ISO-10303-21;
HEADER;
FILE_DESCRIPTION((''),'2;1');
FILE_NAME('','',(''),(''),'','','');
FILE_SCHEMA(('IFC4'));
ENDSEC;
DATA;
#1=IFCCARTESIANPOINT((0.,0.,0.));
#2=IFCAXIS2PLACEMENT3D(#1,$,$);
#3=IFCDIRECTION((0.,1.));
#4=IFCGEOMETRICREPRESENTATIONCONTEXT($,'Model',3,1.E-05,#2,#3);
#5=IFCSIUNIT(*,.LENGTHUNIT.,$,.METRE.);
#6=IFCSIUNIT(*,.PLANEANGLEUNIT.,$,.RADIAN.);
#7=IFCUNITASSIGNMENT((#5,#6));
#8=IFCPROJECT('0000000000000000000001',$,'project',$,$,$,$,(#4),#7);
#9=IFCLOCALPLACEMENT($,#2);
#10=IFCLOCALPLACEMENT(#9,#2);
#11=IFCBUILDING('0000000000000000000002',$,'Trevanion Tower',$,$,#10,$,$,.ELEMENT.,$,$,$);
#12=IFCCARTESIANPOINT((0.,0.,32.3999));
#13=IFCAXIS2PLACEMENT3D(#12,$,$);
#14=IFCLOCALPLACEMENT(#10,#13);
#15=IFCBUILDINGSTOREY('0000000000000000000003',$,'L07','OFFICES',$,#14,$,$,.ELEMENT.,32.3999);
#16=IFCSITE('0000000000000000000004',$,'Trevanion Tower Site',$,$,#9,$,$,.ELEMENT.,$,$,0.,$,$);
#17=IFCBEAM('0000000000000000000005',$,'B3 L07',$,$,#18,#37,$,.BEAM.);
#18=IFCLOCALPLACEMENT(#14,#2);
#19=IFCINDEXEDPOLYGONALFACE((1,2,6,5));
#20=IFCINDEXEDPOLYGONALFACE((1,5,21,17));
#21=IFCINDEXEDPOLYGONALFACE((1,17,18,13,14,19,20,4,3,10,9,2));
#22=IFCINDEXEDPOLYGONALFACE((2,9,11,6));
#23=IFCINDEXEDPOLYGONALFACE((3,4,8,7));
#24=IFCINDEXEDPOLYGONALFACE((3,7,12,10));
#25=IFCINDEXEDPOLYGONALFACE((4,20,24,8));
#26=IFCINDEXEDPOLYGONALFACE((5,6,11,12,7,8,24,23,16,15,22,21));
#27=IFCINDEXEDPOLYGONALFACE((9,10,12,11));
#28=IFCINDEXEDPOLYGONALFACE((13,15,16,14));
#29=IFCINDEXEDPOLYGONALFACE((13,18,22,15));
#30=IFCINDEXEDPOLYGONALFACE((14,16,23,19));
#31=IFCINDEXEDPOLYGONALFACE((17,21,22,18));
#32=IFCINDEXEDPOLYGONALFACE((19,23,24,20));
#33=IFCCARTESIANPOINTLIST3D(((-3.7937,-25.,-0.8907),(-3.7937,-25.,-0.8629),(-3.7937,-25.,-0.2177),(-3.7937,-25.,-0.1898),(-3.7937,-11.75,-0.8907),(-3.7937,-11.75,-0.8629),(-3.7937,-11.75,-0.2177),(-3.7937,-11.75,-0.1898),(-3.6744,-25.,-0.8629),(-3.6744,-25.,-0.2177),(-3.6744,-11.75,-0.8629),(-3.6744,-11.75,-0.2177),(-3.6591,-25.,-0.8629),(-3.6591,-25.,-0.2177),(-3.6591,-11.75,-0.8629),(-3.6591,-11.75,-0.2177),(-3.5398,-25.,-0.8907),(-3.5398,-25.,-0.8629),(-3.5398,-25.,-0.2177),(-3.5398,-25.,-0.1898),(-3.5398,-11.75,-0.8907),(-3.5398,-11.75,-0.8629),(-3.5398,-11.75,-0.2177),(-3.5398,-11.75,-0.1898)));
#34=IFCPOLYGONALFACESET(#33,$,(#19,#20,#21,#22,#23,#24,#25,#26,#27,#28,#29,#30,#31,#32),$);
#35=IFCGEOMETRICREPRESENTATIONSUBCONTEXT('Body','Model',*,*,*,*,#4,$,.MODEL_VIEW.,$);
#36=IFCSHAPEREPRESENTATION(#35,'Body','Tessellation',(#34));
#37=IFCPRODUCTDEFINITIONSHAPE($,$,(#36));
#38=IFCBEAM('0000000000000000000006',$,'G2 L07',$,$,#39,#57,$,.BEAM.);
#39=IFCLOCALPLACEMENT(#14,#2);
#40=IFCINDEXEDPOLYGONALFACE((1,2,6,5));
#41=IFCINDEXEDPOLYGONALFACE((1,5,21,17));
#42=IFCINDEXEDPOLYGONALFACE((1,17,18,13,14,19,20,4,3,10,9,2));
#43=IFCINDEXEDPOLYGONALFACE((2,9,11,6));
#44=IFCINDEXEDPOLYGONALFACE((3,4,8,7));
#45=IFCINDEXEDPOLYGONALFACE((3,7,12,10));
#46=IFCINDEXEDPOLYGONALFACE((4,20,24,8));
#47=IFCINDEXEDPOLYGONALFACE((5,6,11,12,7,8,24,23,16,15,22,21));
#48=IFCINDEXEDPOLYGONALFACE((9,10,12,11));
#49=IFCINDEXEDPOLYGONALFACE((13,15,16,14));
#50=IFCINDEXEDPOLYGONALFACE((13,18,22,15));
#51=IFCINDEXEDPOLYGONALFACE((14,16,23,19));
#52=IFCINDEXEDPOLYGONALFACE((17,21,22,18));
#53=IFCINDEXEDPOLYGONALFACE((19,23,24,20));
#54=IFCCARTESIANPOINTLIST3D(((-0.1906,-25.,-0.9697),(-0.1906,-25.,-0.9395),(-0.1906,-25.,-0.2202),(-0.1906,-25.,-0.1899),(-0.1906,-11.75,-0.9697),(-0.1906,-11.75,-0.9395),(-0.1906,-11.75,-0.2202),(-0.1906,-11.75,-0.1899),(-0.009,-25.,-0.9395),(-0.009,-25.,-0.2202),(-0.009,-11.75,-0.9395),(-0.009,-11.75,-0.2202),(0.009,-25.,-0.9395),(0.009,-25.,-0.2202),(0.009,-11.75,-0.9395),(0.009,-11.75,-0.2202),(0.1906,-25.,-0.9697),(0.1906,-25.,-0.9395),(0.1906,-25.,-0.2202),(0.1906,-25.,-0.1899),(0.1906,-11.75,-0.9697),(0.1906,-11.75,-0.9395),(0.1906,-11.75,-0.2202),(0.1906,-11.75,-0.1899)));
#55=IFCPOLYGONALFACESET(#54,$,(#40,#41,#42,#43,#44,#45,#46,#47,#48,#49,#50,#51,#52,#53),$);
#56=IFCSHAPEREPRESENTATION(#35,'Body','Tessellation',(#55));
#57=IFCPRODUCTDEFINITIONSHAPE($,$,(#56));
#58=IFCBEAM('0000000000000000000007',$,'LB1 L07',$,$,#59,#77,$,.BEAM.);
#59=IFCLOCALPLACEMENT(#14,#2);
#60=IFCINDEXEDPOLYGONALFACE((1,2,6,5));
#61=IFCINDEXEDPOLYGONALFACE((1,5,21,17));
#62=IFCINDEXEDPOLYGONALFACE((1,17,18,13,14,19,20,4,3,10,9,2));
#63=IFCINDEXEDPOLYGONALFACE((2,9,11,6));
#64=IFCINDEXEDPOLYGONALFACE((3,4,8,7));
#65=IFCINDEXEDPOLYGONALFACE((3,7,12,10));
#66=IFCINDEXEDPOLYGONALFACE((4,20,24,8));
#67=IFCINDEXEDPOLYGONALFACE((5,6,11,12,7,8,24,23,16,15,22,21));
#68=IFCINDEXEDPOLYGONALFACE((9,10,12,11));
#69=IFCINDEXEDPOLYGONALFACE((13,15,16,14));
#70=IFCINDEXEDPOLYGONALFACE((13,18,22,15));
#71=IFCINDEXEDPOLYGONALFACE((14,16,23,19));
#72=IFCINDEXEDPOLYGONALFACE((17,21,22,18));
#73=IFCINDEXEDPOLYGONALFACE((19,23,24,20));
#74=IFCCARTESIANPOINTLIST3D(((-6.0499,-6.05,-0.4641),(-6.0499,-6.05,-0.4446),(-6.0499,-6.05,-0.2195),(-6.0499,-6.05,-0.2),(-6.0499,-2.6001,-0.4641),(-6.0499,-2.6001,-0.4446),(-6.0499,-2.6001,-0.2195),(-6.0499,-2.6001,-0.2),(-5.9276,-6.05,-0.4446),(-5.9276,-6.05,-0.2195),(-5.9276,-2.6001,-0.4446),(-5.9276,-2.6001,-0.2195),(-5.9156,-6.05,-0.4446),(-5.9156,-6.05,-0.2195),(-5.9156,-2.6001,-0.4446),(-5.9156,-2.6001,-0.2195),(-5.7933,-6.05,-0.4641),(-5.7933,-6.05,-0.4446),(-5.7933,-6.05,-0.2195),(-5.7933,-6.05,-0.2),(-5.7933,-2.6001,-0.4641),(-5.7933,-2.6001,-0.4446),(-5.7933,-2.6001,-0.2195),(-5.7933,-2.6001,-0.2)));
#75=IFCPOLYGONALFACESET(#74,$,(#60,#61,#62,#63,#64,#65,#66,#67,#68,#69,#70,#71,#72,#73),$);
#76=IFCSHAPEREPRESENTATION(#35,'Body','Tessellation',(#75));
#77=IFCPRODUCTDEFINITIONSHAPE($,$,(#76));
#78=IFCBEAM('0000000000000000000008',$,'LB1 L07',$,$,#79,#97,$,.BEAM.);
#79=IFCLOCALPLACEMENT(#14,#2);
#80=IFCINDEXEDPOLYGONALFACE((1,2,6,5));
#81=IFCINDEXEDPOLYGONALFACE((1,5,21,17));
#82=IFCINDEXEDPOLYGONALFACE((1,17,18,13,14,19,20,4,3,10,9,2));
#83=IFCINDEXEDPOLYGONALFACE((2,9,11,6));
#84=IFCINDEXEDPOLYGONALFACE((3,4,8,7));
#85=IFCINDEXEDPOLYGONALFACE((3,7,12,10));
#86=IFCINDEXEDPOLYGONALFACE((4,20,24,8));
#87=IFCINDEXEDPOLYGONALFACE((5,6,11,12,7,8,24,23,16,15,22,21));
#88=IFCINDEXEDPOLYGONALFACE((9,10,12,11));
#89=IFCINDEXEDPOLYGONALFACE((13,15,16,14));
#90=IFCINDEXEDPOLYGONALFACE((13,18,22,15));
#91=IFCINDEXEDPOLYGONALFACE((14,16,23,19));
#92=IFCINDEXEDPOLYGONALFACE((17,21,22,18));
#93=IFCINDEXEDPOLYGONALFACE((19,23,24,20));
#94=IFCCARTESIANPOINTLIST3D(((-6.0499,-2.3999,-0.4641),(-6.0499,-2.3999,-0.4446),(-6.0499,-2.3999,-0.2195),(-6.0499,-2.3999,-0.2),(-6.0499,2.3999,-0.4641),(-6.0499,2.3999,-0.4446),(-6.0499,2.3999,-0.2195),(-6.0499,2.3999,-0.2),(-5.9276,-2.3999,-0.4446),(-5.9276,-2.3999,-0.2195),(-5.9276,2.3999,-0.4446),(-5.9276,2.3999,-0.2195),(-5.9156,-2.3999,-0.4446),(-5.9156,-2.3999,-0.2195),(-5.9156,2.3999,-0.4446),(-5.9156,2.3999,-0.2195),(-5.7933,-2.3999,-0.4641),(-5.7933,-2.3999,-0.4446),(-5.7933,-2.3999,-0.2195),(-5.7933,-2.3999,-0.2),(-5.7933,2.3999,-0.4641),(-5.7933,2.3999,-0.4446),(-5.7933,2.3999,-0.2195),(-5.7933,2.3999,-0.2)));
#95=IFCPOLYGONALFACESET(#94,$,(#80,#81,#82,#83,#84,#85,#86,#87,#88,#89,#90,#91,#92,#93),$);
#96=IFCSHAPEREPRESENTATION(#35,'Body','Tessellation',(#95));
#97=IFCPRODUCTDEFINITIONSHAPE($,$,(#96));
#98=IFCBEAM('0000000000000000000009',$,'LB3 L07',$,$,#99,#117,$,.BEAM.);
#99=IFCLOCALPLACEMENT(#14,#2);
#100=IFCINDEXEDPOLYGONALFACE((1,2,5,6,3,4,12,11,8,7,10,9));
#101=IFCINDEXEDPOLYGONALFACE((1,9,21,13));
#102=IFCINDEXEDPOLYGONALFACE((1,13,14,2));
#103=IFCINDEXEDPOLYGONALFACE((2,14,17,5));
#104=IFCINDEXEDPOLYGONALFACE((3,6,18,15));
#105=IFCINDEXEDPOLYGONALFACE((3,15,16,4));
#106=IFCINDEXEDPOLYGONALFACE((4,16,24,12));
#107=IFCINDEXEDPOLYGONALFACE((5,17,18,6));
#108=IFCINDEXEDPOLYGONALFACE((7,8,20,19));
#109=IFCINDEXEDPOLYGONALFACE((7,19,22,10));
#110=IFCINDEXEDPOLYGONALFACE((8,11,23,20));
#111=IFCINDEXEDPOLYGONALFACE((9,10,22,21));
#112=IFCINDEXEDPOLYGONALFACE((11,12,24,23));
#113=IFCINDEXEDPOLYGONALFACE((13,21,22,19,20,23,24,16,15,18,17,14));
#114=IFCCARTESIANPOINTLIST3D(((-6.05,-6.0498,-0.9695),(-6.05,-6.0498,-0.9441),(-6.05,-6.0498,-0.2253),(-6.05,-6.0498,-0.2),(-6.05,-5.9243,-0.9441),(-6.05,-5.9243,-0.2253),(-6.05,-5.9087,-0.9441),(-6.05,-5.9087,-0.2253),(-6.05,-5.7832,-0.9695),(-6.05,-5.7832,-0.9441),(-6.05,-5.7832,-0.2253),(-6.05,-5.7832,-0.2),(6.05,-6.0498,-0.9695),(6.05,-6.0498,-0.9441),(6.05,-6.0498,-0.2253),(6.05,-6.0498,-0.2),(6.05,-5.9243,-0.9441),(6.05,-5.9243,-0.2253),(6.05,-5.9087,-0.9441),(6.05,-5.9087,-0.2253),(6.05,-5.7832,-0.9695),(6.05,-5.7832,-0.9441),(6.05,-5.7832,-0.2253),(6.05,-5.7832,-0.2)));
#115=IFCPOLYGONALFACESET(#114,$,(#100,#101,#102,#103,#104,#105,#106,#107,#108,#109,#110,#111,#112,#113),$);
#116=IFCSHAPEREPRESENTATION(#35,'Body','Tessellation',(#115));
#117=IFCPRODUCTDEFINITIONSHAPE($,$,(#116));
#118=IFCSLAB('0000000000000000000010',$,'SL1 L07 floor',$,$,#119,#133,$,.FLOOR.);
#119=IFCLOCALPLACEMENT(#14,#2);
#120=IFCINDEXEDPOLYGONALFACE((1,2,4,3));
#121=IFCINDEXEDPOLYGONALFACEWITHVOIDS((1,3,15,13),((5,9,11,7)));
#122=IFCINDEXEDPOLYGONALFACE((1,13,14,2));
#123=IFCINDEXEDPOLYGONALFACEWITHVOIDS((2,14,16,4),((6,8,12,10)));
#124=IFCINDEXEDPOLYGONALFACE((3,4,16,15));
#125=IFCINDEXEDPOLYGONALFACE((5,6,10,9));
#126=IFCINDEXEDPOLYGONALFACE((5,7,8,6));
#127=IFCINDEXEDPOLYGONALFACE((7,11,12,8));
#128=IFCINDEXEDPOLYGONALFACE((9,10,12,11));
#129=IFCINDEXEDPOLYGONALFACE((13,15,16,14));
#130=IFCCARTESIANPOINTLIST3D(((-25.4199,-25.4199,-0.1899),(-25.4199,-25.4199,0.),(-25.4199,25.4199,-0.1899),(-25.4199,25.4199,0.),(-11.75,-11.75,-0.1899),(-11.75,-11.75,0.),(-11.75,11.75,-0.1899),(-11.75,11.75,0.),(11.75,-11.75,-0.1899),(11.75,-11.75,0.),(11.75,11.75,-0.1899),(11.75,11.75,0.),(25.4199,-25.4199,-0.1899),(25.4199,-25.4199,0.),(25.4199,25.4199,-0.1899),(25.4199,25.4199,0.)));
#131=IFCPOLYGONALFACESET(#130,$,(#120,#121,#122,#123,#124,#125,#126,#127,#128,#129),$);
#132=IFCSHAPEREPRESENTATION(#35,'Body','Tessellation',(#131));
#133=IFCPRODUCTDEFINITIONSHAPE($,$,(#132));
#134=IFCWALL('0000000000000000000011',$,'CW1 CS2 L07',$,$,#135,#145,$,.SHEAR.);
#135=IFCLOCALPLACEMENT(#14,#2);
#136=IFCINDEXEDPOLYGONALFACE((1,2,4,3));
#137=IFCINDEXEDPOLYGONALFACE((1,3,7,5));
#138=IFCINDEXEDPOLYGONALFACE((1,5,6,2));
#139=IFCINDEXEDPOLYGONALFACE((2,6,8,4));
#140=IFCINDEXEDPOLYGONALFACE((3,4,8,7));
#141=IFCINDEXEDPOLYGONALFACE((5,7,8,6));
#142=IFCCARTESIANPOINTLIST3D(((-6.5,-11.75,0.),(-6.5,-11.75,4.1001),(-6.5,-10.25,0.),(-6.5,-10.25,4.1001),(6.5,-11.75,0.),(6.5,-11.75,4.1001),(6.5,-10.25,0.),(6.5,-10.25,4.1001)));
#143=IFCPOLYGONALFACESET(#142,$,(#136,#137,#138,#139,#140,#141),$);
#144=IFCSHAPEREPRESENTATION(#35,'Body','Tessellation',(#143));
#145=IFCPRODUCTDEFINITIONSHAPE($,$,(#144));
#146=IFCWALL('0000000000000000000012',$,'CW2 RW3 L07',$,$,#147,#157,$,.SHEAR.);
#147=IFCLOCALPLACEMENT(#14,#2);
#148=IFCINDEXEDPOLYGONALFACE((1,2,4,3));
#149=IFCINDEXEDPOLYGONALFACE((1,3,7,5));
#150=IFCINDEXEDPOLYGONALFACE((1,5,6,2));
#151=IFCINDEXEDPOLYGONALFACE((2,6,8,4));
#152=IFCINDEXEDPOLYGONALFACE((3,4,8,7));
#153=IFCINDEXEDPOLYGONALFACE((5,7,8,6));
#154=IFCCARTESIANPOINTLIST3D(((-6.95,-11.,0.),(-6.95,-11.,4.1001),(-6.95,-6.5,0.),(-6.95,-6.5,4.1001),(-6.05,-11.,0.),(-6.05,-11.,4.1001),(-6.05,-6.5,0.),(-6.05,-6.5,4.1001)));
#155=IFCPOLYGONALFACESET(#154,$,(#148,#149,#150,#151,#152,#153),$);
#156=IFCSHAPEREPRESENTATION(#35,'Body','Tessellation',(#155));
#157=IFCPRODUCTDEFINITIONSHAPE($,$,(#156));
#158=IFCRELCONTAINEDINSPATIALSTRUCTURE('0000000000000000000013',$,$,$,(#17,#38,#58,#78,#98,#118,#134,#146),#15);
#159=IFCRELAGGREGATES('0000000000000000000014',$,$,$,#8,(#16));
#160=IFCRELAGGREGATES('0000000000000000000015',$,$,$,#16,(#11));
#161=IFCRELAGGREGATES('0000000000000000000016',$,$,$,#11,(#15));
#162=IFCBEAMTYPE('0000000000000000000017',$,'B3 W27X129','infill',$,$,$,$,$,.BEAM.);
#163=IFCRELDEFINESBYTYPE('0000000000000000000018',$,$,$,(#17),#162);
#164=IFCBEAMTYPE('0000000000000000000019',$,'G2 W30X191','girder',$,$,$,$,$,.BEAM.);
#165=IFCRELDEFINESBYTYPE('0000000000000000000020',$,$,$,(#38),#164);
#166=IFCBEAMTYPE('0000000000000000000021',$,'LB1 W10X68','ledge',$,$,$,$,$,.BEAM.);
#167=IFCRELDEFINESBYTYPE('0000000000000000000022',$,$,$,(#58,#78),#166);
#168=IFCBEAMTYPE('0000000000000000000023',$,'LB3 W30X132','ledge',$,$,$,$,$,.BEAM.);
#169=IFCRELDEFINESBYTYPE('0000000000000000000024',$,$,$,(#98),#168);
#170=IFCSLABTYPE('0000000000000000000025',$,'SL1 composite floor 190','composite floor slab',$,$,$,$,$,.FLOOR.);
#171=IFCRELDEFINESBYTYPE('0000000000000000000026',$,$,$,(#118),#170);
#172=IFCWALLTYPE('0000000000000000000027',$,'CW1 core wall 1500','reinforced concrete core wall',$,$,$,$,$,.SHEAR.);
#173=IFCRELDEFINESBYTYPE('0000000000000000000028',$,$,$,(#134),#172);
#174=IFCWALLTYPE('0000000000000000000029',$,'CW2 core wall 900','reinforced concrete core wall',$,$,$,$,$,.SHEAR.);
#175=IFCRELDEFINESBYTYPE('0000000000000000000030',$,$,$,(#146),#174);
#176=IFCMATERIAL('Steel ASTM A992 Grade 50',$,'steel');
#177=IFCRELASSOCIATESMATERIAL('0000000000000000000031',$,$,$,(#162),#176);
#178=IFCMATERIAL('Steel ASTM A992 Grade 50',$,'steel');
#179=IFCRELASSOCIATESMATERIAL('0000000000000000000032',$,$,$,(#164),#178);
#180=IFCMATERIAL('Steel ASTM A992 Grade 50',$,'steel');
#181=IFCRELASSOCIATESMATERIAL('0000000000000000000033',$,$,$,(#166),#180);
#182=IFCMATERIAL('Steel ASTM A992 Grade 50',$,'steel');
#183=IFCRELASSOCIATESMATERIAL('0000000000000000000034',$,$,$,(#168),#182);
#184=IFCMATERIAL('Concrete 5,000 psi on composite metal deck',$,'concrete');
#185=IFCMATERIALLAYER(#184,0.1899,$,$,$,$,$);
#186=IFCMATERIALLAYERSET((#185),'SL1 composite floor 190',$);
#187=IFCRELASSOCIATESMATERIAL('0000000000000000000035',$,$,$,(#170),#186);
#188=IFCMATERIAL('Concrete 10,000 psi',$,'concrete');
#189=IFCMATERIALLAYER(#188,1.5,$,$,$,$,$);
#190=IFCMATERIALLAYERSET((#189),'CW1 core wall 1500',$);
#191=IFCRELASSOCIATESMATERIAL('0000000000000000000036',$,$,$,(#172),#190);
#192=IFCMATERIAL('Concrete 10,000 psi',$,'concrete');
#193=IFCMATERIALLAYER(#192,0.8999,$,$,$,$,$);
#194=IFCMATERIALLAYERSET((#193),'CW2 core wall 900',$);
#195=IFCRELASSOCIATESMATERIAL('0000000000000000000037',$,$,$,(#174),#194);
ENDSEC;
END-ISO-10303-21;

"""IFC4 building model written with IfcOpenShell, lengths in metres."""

from ifc_helpers import new_model, si_unit, direction, frame, frame_2d, origin, origin_2d, place, context, subcontext, project, spatial, polyline, rectangle, i_section, outline, extrude, material, layer, layer_set, material_profile, profile_set, type_object, element, save


model = new_model("IFC4")

# Units and contexts
model_context = context("Model", 3, precision=1e-05, world=origin(), true_north=direction((0.0, 1.0)))
body_context = subcontext(model_context, "Body", "Model", "MODEL_VIEW")
ifc_project = project(units=[si_unit("LENGTHUNIT", "METRE"), si_unit("PLANEANGLEUNIT", "RADIAN")], contexts=[model_context])

# Site, building, storey
site_placement = place(None, origin())
site = spatial("IfcSite", under=ifc_project, at=site_placement, Name="Trevanion Tower Site", CompositionType="ELEMENT", RefElevation=0.0)
building_placement = place(site_placement, origin())
building = spatial("IfcBuilding", under=site, at=building_placement, Name="Trevanion Tower", CompositionType="ELEMENT")
storey_placement = place(building_placement, frame((0.0, 0.0, 32.3999)))
storey = spatial("IfcBuildingStorey", under=building, at=storey_placement, Name="L07", Description="OFFICES", CompositionType="ELEMENT", Elevation=32.3999)

# Beams
ifc_material_1 = material(Name="Steel ASTM A992 Grade 50", Category="steel")
ifc_material_profile_1 = material_profile(ifc_material_1, i_section(OverallWidth=0.2539, OverallDepth=0.7009, WebThickness=0.0154, FlangeThickness=0.0278, at=origin_2d()), Name="W27X129")
ifc_profile_set_1 = profile_set([ifc_material_profile_1], Name="Steel ASTM A992 Grade 50")
beam_type_1 = type_object("IfcBeamType", Name="B3 W27X129", Description="infill", PredefinedType="BEAM", material=ifc_profile_set_1)
beam_1_placement = place(storey_placement, frame((-3.6667, -11.75, -0.5403), z_axis=(0.0, -1.0, 0.0), x_axis=(1.0, 0.0, 0.0)))
element("IfcBeam", 1, at=beam_1_placement, inside=storey, type_object=beam_type_1, Name="B3 L07", PredefinedType="BEAM", context=body_context, shape_type="SweptSolid", body=[
    extrude(i_section(OverallWidth=0.2539, OverallDepth=0.7009, WebThickness=0.0154, FlangeThickness=0.0278, at=origin_2d()), origin(), (0.0, 0.0, 1.0), 13.25),
])
ifc_material_2 = material(Name="Steel ASTM A992 Grade 50", Category="steel")
ifc_material_profile_2 = material_profile(ifc_material_2, i_section(OverallWidth=0.3811, OverallDepth=0.7798, WebThickness=0.0181, FlangeThickness=0.0303, at=origin_2d()), Name="W30X191")
ifc_profile_set_2 = profile_set([ifc_material_profile_2], Name="Steel ASTM A992 Grade 50")
beam_type_2 = type_object("IfcBeamType", Name="G2 W30X191", Description="girder", PredefinedType="BEAM", material=ifc_profile_set_2)
beam_2_placement = place(storey_placement, frame((0.0, -11.75, -0.5798), z_axis=(0.0, -1.0, 0.0), x_axis=(1.0, 0.0, 0.0)))
element("IfcBeam", 2, at=beam_2_placement, inside=storey, type_object=beam_type_2, Name="G2 L07", PredefinedType="BEAM", context=body_context, shape_type="SweptSolid", body=[
    extrude(i_section(OverallWidth=0.3811, OverallDepth=0.7798, WebThickness=0.0181, FlangeThickness=0.0303, at=origin_2d()), origin(), (0.0, 0.0, 1.0), 13.25),
])
ifc_material_3 = material(Name="Steel ASTM A992 Grade 50", Category="steel")
ifc_material_profile_3 = material_profile(ifc_material_3, i_section(OverallWidth=0.2566, OverallDepth=0.2642, WebThickness=0.012, FlangeThickness=0.0195, at=origin_2d()), Name="W10X68")
ifc_profile_set_3 = profile_set([ifc_material_profile_3], Name="Steel ASTM A992 Grade 50")
beam_type_3 = type_object("IfcBeamType", Name="LB1 W10X68", Description="ledge", PredefinedType="BEAM", material=ifc_profile_set_3)
beam_3_placement = place(storey_placement, frame((-5.9216, -6.05, -0.332), z_axis=(0.0, 1.0, 0.0), x_axis=(-1.0, 0.0, 0.0)))
element("IfcBeam", 3, at=beam_3_placement, inside=storey, type_object=beam_type_3, Name="LB1 L07", PredefinedType="BEAM", context=body_context, shape_type="SweptSolid", body=[
    extrude(i_section(OverallWidth=0.2566, OverallDepth=0.2642, WebThickness=0.012, FlangeThickness=0.0195, at=origin_2d()), origin(), (0.0, 0.0, 1.0), 3.45),
])
beam_4_placement = place(storey_placement, frame((-5.9216, -2.3999, -0.332), z_axis=(0.0, 1.0, 0.0), x_axis=(-1.0, 0.0, 0.0)))
element("IfcBeam", 4, at=beam_4_placement, inside=storey, type_object=beam_type_3, Name="LB1 L07", PredefinedType="BEAM", context=body_context, shape_type="SweptSolid", body=[
    extrude(i_section(OverallWidth=0.2566, OverallDepth=0.2642, WebThickness=0.012, FlangeThickness=0.0195, at=origin_2d()), origin(), (0.0, 0.0, 1.0), 4.7998),
])
ifc_material_4 = material(Name="Steel ASTM A992 Grade 50", Category="steel")
ifc_material_profile_4 = material_profile(ifc_material_4, i_section(OverallWidth=0.2666, OverallDepth=0.7695, WebThickness=0.0156, FlangeThickness=0.0254, at=origin_2d()), Name="W30X132")
ifc_profile_set_4 = profile_set([ifc_material_profile_4], Name="Steel ASTM A992 Grade 50")
beam_type_4 = type_object("IfcBeamType", Name="LB3 W30X132", Description="ledge", PredefinedType="BEAM", material=ifc_profile_set_4)
beam_5_placement = place(storey_placement, frame((-6.05, -5.9165, -0.5847), z_axis=(1.0, 0.0, 0.0), x_axis=(0.0, 1.0, 0.0)))
element("IfcBeam", 5, at=beam_5_placement, inside=storey, type_object=beam_type_4, Name="LB3 L07", PredefinedType="BEAM", context=body_context, shape_type="SweptSolid", body=[
    extrude(i_section(OverallWidth=0.2666, OverallDepth=0.7695, WebThickness=0.0156, FlangeThickness=0.0254, at=origin_2d()), origin(), (0.0, 0.0, 1.0), 12.1001),
])

# Slab
ifc_material_5 = material(Name="Concrete 5,000 psi on composite metal deck", Category="concrete")
ifc_layer_1 = layer(ifc_material_5, 0.1899)
ifc_layer_set_1 = layer_set([ifc_layer_1], Name="SL1 composite floor 190")
slab_type = type_object("IfcSlabType", Name="SL1 composite floor 190", Description="composite floor slab", PredefinedType="FLOOR", material=ifc_layer_set_1)
slab_placement = place(storey_placement, frame((0.0, 0.0, -0.1899)))
element("IfcSlab", 6, at=slab_placement, inside=storey, type_object=slab_type, Name="SL1 L07 floor", PredefinedType="FLOOR", context=body_context, shape_type="SweptSolid", body=[
    extrude(outline(polyline([(25.4199, -25.4199), (25.4199, 25.4199), (-25.4199, 25.4199), (-25.4199, -25.4199), (25.4199, -25.4199)]), holes=[polyline([(11.75, -11.75), (11.75, 11.75), (-11.75, 11.75), (-11.75, -11.75), (11.75, -11.75)])]), origin(), (0.0, 0.0, 1.0), 0.1899),
])

# Walls
ifc_material_6 = material(Name="Concrete 10,000 psi", Category="concrete")
ifc_layer_2 = layer(ifc_material_6, 1.5)
ifc_layer_set_2 = layer_set([ifc_layer_2], Name="CW1 core wall 1500")
wall_type_1 = type_object("IfcWallType", Name="CW1 core wall 1500", Description="reinforced concrete core wall", PredefinedType="SHEAR", material=ifc_layer_set_2)
wall_1_placement = place(storey_placement, frame((-6.5, -11.0, 0.0), z_axis=(0.0, 0.0, 1.0), x_axis=(1.0, 0.0, 0.0)))
element("IfcWall", 7, at=wall_1_placement, inside=storey, type_object=wall_type_1, Name="CW1 CS2 L07", PredefinedType="SHEAR", context=body_context, shape_type="SweptSolid", body=[
    extrude(rectangle(XDim=13.0, YDim=1.5, at=frame_2d((6.5, 0.0))), origin(), (0.0, 0.0, 1.0), 4.1001),
])
ifc_material_7 = material(Name="Concrete 10,000 psi", Category="concrete")
ifc_layer_3 = layer(ifc_material_7, 0.8999)
ifc_layer_set_3 = layer_set([ifc_layer_3], Name="CW2 core wall 900")
wall_type_2 = type_object("IfcWallType", Name="CW2 core wall 900", Description="reinforced concrete core wall", PredefinedType="SHEAR", material=ifc_layer_set_3)
wall_2_placement = place(storey_placement, frame((-6.5, -6.5, 0.0), z_axis=(0.0, 0.0, 1.0), x_axis=(0.0, -1.0, 0.0)))
element("IfcWall", 8, at=wall_2_placement, inside=storey, type_object=wall_type_2, Name="CW2 RW3 L07", PredefinedType="SHEAR", context=body_context, shape_type="SweptSolid", body=[
    extrude(rectangle(XDim=4.5, YDim=0.8999, at=frame_2d((2.25, 0.0))), origin(), (0.0, 0.0, 1.0), 4.1001),
])

save(model, "model.ifc")
